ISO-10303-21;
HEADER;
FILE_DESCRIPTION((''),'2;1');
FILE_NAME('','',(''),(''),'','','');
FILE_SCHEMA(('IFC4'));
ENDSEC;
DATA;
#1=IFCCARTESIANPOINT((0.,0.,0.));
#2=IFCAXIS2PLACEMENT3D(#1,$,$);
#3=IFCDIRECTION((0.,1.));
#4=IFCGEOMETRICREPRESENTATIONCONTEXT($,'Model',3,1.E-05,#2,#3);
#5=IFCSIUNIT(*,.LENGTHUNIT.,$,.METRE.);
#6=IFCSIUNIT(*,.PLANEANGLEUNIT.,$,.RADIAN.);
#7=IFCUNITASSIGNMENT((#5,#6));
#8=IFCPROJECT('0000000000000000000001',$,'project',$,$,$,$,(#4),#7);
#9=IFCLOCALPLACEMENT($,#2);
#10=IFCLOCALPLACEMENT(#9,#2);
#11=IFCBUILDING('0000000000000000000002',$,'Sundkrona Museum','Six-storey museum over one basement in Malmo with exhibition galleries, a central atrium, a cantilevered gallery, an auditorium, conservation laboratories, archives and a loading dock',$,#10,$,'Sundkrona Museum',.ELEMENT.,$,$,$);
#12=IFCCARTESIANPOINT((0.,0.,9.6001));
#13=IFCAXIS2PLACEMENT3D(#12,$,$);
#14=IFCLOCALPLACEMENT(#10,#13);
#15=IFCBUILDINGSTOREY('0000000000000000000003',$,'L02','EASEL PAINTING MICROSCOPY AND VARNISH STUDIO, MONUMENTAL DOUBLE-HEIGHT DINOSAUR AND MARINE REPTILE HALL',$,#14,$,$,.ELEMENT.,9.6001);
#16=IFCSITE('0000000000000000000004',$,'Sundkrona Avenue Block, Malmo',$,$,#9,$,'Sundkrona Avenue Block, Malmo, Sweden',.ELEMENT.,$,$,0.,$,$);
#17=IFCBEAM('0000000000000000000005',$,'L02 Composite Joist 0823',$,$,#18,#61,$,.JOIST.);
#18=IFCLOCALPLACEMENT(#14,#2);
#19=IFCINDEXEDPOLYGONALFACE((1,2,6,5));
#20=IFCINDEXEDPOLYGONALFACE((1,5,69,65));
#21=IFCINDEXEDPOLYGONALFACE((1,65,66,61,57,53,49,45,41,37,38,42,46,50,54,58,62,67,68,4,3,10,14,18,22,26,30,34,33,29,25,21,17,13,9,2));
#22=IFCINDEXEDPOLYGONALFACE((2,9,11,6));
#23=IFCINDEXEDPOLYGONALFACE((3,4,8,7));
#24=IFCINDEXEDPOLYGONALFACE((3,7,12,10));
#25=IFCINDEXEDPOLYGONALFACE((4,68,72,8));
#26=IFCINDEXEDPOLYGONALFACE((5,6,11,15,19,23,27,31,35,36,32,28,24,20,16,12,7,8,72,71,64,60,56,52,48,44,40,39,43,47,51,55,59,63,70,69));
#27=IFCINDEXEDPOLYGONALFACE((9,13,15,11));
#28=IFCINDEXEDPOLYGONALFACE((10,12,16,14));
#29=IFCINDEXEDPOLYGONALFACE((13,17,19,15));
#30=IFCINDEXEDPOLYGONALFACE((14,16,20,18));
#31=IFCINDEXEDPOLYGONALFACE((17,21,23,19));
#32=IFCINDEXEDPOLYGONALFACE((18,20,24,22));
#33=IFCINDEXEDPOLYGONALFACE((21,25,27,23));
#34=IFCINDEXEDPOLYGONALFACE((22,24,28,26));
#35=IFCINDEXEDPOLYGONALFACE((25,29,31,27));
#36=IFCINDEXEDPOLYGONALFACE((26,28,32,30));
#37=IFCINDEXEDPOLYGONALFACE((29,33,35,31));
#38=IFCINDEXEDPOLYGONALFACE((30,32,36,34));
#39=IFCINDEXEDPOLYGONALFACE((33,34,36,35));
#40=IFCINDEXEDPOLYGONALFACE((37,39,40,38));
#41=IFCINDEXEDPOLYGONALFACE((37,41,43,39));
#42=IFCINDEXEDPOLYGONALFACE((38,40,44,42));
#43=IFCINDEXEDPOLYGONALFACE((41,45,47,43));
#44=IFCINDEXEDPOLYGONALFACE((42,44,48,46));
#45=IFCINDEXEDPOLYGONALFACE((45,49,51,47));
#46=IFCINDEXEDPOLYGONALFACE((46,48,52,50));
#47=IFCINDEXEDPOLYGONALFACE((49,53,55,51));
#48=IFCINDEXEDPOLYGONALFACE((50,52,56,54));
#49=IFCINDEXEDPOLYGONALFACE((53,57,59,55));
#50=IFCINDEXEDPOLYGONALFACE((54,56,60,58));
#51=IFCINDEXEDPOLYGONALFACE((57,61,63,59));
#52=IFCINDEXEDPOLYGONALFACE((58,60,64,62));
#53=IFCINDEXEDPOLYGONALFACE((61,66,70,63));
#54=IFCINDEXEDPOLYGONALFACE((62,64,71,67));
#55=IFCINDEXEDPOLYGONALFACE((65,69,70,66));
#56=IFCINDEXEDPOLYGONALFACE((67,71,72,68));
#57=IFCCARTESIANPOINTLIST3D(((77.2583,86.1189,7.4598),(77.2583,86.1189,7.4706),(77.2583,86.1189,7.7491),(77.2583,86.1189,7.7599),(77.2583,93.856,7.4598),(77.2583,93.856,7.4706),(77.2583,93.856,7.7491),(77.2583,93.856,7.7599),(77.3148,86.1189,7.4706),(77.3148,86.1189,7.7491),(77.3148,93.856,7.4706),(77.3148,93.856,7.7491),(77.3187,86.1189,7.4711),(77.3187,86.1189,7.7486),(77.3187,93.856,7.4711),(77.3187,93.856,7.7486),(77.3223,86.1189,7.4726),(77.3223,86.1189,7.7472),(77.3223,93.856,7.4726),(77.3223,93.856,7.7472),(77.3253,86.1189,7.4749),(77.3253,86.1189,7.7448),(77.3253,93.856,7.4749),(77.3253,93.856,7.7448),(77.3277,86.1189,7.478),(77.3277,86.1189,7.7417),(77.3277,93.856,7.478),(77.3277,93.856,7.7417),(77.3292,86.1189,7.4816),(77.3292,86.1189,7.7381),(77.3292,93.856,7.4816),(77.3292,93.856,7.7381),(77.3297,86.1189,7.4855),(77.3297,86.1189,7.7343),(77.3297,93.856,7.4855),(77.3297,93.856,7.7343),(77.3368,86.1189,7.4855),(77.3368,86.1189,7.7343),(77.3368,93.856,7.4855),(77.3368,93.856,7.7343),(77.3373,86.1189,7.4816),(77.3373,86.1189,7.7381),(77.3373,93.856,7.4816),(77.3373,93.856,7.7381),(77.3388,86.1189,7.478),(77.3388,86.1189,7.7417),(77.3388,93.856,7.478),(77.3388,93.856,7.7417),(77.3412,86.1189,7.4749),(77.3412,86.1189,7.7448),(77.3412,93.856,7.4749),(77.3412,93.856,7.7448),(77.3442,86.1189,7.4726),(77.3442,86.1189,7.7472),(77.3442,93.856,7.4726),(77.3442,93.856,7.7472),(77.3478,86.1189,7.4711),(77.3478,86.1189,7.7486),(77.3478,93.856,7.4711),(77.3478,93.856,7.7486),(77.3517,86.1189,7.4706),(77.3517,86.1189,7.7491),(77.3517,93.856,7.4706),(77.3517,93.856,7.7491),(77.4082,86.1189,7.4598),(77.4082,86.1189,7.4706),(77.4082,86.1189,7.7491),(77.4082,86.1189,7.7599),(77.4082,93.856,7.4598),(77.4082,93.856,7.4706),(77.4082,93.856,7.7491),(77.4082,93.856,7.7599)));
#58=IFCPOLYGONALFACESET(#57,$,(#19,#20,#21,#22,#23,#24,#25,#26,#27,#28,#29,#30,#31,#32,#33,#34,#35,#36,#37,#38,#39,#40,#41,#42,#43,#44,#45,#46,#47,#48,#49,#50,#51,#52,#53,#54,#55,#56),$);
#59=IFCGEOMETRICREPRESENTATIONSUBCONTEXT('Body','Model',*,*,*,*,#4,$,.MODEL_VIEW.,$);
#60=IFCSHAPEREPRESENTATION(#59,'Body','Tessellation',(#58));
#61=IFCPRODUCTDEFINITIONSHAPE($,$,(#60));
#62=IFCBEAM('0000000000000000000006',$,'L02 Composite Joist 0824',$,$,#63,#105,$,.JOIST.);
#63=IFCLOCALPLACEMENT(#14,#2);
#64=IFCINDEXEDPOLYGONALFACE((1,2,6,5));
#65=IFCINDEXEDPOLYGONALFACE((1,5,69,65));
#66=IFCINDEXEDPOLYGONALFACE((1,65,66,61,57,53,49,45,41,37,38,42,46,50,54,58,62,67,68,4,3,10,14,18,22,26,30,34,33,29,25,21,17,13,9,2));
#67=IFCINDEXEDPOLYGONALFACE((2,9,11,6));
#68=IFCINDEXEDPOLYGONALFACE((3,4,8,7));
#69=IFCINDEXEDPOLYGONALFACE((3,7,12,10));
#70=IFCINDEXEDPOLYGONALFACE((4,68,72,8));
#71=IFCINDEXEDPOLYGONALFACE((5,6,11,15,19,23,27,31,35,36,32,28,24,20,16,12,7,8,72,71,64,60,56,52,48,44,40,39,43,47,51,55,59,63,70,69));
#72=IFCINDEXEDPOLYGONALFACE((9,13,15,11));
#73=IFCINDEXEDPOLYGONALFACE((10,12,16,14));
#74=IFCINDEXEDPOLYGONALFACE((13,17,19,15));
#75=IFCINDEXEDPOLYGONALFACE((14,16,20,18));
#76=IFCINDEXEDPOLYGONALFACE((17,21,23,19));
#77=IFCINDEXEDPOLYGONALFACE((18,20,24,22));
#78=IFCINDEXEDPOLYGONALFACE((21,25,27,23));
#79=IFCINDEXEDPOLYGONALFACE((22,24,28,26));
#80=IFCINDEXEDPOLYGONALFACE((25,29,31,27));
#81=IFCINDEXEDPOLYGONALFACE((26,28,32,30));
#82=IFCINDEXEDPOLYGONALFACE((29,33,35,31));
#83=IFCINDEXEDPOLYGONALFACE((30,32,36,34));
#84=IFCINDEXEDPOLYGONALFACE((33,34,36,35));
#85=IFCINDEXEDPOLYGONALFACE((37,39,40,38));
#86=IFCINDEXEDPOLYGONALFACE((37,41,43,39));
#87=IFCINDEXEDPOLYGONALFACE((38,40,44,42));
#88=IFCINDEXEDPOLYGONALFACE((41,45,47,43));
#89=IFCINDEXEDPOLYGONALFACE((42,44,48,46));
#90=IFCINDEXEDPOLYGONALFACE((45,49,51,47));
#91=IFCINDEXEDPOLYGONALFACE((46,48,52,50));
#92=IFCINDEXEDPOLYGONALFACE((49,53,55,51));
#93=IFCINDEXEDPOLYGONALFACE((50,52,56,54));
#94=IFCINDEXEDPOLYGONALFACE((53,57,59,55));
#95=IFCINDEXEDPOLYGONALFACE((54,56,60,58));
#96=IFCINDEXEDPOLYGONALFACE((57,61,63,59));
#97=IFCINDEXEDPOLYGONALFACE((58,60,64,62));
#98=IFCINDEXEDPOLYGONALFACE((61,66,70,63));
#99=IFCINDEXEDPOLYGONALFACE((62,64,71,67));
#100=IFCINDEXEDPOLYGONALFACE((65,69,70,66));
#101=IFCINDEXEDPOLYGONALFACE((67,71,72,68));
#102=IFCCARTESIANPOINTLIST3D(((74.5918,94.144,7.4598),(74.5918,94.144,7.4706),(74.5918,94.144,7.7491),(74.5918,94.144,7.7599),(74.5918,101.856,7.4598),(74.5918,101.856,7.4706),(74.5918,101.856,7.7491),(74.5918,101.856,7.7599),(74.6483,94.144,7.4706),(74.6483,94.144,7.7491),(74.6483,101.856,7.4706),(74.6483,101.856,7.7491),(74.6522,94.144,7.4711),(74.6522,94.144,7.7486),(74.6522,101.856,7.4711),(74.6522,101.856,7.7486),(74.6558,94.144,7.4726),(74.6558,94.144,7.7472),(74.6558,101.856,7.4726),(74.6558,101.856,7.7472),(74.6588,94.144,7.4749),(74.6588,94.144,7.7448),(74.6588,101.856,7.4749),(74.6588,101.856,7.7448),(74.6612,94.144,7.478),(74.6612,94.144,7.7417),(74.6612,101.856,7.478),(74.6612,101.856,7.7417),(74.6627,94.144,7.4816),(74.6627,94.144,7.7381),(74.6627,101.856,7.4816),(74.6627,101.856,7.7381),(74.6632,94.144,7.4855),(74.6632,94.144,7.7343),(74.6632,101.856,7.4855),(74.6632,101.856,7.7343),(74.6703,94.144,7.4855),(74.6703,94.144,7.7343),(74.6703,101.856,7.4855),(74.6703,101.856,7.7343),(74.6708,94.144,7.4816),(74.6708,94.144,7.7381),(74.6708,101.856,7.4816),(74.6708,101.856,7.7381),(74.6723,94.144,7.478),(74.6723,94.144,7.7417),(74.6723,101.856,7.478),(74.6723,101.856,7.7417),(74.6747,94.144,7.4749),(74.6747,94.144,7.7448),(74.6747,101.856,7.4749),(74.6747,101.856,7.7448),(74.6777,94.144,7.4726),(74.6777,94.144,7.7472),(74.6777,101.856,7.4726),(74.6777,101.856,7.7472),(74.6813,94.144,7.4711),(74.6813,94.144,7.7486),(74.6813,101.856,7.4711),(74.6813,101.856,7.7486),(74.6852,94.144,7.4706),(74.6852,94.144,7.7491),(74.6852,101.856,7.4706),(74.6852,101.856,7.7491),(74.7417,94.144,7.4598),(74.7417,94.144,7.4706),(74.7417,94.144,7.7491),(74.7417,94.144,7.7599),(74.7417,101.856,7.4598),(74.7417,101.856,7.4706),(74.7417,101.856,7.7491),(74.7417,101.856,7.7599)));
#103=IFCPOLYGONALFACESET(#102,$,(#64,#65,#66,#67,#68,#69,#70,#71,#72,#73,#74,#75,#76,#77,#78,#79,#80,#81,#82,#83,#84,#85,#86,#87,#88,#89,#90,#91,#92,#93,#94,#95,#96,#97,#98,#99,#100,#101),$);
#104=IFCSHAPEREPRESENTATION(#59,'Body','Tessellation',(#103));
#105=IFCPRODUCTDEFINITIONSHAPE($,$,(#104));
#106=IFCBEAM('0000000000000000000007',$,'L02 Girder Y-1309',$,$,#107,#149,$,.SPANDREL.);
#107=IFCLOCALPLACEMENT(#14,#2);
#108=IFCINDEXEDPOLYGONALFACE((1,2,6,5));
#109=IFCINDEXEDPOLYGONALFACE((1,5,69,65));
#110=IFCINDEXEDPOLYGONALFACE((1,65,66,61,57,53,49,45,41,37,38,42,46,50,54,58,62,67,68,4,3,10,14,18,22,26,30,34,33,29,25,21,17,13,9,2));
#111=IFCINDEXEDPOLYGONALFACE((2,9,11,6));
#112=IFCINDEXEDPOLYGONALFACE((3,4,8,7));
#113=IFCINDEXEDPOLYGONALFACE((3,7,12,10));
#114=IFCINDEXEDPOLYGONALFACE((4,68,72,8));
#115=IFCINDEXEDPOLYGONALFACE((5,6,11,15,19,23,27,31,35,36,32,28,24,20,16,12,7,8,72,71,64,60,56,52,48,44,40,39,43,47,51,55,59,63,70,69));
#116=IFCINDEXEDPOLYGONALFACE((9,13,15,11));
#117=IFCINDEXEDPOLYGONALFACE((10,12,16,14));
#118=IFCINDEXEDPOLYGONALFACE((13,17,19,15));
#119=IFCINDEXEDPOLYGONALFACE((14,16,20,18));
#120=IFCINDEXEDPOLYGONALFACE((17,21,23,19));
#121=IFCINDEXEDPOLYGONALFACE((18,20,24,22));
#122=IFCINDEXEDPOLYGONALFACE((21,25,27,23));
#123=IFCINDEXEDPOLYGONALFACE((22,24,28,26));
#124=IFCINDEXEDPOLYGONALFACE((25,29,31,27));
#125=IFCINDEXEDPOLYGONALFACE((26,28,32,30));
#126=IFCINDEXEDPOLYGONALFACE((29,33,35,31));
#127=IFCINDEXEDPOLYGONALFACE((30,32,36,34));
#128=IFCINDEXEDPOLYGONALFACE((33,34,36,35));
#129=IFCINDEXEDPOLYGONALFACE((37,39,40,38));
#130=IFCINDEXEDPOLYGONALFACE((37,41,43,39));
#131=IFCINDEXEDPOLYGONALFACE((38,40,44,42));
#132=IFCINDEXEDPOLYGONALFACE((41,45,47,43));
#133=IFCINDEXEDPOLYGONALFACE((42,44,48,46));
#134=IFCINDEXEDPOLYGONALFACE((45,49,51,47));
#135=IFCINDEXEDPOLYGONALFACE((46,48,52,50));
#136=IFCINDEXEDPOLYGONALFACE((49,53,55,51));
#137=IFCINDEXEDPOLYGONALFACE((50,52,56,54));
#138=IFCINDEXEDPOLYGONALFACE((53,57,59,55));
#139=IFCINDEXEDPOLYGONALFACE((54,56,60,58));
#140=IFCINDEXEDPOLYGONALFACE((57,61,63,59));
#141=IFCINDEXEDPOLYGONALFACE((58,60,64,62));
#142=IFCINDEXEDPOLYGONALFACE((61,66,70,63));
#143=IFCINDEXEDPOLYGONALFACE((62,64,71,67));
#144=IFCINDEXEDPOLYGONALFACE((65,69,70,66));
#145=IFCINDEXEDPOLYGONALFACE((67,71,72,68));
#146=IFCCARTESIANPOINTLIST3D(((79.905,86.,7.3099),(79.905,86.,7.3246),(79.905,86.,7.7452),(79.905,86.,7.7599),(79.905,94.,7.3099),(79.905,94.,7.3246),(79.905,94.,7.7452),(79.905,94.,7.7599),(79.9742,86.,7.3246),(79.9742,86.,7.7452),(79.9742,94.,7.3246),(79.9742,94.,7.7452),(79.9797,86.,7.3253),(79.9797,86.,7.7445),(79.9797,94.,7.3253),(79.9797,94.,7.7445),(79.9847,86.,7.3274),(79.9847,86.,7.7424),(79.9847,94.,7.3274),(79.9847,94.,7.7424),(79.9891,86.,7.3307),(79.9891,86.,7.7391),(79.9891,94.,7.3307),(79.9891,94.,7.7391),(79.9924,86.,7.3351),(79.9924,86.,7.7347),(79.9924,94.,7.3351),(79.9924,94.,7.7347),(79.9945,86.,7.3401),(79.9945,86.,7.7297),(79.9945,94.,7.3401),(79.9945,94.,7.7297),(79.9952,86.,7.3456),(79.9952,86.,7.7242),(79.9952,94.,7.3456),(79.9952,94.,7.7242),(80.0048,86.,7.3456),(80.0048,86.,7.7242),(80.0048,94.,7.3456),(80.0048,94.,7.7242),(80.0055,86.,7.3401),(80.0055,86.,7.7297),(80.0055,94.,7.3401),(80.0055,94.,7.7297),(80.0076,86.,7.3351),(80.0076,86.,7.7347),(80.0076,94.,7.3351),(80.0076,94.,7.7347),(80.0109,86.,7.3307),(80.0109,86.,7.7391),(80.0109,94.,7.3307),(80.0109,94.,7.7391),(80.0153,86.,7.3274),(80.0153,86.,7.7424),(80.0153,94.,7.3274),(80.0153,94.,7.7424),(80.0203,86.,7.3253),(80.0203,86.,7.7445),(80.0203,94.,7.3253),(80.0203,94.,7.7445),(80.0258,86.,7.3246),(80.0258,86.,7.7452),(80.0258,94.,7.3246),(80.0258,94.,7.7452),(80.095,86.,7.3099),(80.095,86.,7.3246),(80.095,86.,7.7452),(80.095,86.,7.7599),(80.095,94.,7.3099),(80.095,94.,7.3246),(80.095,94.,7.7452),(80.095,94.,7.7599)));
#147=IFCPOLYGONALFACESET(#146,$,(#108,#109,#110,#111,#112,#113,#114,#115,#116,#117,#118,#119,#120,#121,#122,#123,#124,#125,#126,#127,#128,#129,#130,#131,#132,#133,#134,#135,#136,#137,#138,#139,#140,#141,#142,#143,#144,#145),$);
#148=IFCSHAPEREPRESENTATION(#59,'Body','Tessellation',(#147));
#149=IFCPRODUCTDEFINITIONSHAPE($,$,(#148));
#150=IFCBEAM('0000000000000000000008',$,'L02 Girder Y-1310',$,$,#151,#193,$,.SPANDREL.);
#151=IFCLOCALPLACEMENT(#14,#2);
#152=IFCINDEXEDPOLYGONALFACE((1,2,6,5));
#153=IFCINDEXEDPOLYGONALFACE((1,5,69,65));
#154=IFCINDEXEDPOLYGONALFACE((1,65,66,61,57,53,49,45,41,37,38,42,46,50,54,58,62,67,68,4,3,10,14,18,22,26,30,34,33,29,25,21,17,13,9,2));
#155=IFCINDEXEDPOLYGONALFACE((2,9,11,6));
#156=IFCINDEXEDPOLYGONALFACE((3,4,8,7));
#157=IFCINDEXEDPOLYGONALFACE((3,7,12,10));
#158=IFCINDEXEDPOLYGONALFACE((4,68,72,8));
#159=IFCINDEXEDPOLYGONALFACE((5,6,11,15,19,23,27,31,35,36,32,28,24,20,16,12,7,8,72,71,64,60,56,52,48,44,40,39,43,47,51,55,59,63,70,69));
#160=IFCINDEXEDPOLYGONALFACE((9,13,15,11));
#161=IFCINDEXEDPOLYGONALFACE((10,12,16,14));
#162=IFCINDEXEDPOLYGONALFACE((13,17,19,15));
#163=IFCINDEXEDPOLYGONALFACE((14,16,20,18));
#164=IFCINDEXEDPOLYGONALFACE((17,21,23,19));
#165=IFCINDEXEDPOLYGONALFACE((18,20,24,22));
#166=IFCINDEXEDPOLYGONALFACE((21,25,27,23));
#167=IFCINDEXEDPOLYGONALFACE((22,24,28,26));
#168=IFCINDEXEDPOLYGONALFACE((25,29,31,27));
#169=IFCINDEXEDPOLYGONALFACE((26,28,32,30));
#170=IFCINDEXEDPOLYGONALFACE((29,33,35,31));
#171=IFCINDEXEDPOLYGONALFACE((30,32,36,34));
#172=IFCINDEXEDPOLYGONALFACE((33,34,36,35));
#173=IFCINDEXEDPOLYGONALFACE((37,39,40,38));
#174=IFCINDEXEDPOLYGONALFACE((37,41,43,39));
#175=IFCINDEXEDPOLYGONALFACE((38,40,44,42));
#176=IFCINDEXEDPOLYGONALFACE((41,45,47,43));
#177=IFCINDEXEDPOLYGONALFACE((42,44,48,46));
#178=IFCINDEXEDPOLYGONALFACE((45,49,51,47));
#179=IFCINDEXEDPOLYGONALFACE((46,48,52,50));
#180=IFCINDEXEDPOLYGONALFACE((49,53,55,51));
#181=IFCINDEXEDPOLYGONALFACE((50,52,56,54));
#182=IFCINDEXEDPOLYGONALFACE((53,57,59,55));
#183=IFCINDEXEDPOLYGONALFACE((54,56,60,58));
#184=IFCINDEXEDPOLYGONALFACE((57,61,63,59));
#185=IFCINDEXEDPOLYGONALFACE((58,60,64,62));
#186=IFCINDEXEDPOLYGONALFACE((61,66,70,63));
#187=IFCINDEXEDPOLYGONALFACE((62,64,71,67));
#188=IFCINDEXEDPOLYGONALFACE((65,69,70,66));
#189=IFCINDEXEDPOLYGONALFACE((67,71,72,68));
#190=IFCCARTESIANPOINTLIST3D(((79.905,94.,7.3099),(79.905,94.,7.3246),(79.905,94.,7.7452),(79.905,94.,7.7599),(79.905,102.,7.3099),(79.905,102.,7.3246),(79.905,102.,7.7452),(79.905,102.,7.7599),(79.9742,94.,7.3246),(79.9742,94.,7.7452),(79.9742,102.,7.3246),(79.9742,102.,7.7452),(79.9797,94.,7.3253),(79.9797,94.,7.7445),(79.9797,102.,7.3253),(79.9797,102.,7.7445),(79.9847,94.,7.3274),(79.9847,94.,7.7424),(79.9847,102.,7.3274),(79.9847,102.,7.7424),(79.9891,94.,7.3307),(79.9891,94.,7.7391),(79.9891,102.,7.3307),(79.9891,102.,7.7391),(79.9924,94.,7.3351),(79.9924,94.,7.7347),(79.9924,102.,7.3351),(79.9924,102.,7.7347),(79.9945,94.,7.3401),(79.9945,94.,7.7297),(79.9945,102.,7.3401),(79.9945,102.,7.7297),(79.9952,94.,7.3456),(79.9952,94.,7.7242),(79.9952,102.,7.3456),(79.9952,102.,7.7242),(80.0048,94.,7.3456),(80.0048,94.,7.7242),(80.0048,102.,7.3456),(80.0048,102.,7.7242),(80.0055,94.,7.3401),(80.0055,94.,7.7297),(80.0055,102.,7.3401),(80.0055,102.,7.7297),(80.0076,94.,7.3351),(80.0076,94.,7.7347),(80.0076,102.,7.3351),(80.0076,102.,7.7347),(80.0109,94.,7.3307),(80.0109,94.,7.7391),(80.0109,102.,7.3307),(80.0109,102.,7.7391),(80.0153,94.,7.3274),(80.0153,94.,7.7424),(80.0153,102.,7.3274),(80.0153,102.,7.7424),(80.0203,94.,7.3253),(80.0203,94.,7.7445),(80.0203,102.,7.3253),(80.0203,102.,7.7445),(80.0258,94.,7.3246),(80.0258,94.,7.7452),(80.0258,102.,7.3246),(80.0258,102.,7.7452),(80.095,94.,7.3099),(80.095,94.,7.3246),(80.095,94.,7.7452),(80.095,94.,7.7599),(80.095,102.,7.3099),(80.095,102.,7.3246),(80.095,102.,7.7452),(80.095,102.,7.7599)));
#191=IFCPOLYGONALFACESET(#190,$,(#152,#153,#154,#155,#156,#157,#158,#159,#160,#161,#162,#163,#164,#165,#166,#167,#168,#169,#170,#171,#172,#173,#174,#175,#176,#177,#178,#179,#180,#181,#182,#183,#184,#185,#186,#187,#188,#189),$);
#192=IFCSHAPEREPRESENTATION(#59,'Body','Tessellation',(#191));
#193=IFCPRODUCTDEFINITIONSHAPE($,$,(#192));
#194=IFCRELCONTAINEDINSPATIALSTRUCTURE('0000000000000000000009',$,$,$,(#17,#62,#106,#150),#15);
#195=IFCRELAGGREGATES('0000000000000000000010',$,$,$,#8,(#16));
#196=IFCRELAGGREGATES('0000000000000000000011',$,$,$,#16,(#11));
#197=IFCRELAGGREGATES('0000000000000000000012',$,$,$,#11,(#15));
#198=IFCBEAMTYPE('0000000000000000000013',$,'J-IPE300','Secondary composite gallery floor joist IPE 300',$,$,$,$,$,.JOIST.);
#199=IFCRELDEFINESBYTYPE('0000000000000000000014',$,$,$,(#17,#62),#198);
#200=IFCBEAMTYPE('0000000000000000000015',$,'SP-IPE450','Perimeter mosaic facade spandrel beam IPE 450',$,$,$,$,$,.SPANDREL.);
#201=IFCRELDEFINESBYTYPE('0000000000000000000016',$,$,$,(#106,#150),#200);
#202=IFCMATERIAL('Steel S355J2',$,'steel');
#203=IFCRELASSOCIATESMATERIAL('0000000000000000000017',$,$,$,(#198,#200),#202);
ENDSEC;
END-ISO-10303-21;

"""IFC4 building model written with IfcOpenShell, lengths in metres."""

from ifc_helpers import new_model, si_unit, direction, frame, origin, origin_2d, place, context, subcontext, project, spatial, i_section, extrude, material, material_profile, profile_set, type_object, element, save


model = new_model("IFC4")

# Units and contexts
model_context = context("Model", 3, precision=1e-05, world=origin(), true_north=direction((0.0, 1.0)))
body_context = subcontext(model_context, "Body", "Model", "MODEL_VIEW")
ifc_project = project(units=[si_unit("LENGTHUNIT", "METRE"), si_unit("PLANEANGLEUNIT", "RADIAN")], contexts=[model_context])

# Site, building, storey
site_placement = place(None, origin())
site = spatial("IfcSite", under=ifc_project, at=site_placement, Name="Sundkrona Avenue Block, Malmo", LongName="Sundkrona Avenue Block, Malmo, Sweden", CompositionType="ELEMENT", RefElevation=0.0)
building_placement = place(site_placement, origin())
building = spatial("IfcBuilding", under=site, at=building_placement, Name="Sundkrona Museum", Description="Six-storey museum over one basement in Malmo with exhibition galleries, a central atrium, a cantilevered gallery, an auditorium, conservation laboratories, archives and a loading dock", LongName="Sundkrona Museum", CompositionType="ELEMENT")
storey_placement = place(building_placement, frame((0.0, 0.0, 9.6001)))
storey = spatial("IfcBuildingStorey", under=building, at=storey_placement, Name="L02", Description="EASEL PAINTING MICROSCOPY AND VARNISH STUDIO, MONUMENTAL DOUBLE-HEIGHT DINOSAUR AND MARINE REPTILE HALL", CompositionType="ELEMENT", Elevation=9.6001)

# Shared definitions
ifc_material_1 = material(Name="Steel S355J2", Category="steel")

# Beams
ifc_material_profile_1 = material_profile(ifc_material_1, i_section(OverallWidth=0.1499, OverallDepth=0.3, WebThickness=0.0071, FlangeThickness=0.0107, FilletRadius=0.0149, at=origin_2d()), Name="IPE 300")
ifc_profile_set_1 = profile_set([ifc_material_profile_1], Name="Steel S355J2")
beam_type_1 = type_object("IfcBeamType", Name="J-IPE300", Description="Secondary composite gallery floor joist IPE 300", PredefinedType="JOIST", material=ifc_profile_set_1)
for number, where, z_axis, x_axis, name in (
    (1, (77.3333, 86.1189, 7.6099), (0.0, 1.0, 0.0), (-1.0, 0.0, 0.0), "L02 Composite Joist 0823"),
):
    element("IfcBeam", number, at=place(storey_placement, frame(where, z_axis=z_axis, x_axis=x_axis)), inside=storey, type_object=beam_type_1, Name=name, PredefinedType="JOIST", context=body_context, shape_type="SweptSolid", body=[
        extrude(i_section(OverallWidth=0.1499, OverallDepth=0.3, WebThickness=0.0071, FlangeThickness=0.0107, FilletRadius=0.0149, at=origin_2d()), origin(), (0.0, 0.0, 1.0), 7.7371),
    ])
beam_1_placement = place(storey_placement, frame((74.6667, 94.144, 7.6099), z_axis=(0.0, 1.0, 0.0), x_axis=(-1.0, 0.0, 0.0)))
element("IfcBeam", 2, at=beam_1_placement, inside=storey, type_object=beam_type_1, Name="L02 Composite Joist 0824", PredefinedType="JOIST", context=body_context, shape_type="SweptSolid", body=[
    extrude(i_section(OverallWidth=0.1499, OverallDepth=0.3, WebThickness=0.0071, FlangeThickness=0.0107, FilletRadius=0.0149, at=origin_2d()), origin(), (0.0, 0.0, 1.0), 7.7119),
])
ifc_material_profile_2 = material_profile(ifc_material_1, i_section(OverallWidth=0.1899, OverallDepth=0.45, WebThickness=0.0095, FlangeThickness=0.0146, FilletRadius=0.021, at=origin_2d()), Name="IPE 450")
ifc_profile_set_2 = profile_set([ifc_material_profile_2], Name="Steel S355J2")
beam_type_2 = type_object("IfcBeamType", Name="SP-IPE450", Description="Perimeter mosaic facade spandrel beam IPE 450", PredefinedType="SPANDREL", material=ifc_profile_set_2)
for number, where, z_axis, x_axis, name in (
    (3, (80.0, 86.0, 7.5349), (0.0, 1.0, 0.0), (-1.0, 0.0, 0.0), "L02 Girder Y-1309"),
    (4, (80.0, 94.0, 7.5349), (0.0, 1.0, 0.0), (-1.0, 0.0, 0.0), "L02 Girder Y-1310"),
):
    element("IfcBeam", number, at=place(storey_placement, frame(where, z_axis=z_axis, x_axis=x_axis)), inside=storey, type_object=beam_type_2, Name=name, PredefinedType="SPANDREL", context=body_context, shape_type="SweptSolid", body=[
        extrude(i_section(OverallWidth=0.1899, OverallDepth=0.45, WebThickness=0.0095, FlangeThickness=0.0146, FilletRadius=0.021, at=origin_2d()), origin(), (0.0, 0.0, 1.0), 8.0),
    ])

save(model, "model.ifc")
